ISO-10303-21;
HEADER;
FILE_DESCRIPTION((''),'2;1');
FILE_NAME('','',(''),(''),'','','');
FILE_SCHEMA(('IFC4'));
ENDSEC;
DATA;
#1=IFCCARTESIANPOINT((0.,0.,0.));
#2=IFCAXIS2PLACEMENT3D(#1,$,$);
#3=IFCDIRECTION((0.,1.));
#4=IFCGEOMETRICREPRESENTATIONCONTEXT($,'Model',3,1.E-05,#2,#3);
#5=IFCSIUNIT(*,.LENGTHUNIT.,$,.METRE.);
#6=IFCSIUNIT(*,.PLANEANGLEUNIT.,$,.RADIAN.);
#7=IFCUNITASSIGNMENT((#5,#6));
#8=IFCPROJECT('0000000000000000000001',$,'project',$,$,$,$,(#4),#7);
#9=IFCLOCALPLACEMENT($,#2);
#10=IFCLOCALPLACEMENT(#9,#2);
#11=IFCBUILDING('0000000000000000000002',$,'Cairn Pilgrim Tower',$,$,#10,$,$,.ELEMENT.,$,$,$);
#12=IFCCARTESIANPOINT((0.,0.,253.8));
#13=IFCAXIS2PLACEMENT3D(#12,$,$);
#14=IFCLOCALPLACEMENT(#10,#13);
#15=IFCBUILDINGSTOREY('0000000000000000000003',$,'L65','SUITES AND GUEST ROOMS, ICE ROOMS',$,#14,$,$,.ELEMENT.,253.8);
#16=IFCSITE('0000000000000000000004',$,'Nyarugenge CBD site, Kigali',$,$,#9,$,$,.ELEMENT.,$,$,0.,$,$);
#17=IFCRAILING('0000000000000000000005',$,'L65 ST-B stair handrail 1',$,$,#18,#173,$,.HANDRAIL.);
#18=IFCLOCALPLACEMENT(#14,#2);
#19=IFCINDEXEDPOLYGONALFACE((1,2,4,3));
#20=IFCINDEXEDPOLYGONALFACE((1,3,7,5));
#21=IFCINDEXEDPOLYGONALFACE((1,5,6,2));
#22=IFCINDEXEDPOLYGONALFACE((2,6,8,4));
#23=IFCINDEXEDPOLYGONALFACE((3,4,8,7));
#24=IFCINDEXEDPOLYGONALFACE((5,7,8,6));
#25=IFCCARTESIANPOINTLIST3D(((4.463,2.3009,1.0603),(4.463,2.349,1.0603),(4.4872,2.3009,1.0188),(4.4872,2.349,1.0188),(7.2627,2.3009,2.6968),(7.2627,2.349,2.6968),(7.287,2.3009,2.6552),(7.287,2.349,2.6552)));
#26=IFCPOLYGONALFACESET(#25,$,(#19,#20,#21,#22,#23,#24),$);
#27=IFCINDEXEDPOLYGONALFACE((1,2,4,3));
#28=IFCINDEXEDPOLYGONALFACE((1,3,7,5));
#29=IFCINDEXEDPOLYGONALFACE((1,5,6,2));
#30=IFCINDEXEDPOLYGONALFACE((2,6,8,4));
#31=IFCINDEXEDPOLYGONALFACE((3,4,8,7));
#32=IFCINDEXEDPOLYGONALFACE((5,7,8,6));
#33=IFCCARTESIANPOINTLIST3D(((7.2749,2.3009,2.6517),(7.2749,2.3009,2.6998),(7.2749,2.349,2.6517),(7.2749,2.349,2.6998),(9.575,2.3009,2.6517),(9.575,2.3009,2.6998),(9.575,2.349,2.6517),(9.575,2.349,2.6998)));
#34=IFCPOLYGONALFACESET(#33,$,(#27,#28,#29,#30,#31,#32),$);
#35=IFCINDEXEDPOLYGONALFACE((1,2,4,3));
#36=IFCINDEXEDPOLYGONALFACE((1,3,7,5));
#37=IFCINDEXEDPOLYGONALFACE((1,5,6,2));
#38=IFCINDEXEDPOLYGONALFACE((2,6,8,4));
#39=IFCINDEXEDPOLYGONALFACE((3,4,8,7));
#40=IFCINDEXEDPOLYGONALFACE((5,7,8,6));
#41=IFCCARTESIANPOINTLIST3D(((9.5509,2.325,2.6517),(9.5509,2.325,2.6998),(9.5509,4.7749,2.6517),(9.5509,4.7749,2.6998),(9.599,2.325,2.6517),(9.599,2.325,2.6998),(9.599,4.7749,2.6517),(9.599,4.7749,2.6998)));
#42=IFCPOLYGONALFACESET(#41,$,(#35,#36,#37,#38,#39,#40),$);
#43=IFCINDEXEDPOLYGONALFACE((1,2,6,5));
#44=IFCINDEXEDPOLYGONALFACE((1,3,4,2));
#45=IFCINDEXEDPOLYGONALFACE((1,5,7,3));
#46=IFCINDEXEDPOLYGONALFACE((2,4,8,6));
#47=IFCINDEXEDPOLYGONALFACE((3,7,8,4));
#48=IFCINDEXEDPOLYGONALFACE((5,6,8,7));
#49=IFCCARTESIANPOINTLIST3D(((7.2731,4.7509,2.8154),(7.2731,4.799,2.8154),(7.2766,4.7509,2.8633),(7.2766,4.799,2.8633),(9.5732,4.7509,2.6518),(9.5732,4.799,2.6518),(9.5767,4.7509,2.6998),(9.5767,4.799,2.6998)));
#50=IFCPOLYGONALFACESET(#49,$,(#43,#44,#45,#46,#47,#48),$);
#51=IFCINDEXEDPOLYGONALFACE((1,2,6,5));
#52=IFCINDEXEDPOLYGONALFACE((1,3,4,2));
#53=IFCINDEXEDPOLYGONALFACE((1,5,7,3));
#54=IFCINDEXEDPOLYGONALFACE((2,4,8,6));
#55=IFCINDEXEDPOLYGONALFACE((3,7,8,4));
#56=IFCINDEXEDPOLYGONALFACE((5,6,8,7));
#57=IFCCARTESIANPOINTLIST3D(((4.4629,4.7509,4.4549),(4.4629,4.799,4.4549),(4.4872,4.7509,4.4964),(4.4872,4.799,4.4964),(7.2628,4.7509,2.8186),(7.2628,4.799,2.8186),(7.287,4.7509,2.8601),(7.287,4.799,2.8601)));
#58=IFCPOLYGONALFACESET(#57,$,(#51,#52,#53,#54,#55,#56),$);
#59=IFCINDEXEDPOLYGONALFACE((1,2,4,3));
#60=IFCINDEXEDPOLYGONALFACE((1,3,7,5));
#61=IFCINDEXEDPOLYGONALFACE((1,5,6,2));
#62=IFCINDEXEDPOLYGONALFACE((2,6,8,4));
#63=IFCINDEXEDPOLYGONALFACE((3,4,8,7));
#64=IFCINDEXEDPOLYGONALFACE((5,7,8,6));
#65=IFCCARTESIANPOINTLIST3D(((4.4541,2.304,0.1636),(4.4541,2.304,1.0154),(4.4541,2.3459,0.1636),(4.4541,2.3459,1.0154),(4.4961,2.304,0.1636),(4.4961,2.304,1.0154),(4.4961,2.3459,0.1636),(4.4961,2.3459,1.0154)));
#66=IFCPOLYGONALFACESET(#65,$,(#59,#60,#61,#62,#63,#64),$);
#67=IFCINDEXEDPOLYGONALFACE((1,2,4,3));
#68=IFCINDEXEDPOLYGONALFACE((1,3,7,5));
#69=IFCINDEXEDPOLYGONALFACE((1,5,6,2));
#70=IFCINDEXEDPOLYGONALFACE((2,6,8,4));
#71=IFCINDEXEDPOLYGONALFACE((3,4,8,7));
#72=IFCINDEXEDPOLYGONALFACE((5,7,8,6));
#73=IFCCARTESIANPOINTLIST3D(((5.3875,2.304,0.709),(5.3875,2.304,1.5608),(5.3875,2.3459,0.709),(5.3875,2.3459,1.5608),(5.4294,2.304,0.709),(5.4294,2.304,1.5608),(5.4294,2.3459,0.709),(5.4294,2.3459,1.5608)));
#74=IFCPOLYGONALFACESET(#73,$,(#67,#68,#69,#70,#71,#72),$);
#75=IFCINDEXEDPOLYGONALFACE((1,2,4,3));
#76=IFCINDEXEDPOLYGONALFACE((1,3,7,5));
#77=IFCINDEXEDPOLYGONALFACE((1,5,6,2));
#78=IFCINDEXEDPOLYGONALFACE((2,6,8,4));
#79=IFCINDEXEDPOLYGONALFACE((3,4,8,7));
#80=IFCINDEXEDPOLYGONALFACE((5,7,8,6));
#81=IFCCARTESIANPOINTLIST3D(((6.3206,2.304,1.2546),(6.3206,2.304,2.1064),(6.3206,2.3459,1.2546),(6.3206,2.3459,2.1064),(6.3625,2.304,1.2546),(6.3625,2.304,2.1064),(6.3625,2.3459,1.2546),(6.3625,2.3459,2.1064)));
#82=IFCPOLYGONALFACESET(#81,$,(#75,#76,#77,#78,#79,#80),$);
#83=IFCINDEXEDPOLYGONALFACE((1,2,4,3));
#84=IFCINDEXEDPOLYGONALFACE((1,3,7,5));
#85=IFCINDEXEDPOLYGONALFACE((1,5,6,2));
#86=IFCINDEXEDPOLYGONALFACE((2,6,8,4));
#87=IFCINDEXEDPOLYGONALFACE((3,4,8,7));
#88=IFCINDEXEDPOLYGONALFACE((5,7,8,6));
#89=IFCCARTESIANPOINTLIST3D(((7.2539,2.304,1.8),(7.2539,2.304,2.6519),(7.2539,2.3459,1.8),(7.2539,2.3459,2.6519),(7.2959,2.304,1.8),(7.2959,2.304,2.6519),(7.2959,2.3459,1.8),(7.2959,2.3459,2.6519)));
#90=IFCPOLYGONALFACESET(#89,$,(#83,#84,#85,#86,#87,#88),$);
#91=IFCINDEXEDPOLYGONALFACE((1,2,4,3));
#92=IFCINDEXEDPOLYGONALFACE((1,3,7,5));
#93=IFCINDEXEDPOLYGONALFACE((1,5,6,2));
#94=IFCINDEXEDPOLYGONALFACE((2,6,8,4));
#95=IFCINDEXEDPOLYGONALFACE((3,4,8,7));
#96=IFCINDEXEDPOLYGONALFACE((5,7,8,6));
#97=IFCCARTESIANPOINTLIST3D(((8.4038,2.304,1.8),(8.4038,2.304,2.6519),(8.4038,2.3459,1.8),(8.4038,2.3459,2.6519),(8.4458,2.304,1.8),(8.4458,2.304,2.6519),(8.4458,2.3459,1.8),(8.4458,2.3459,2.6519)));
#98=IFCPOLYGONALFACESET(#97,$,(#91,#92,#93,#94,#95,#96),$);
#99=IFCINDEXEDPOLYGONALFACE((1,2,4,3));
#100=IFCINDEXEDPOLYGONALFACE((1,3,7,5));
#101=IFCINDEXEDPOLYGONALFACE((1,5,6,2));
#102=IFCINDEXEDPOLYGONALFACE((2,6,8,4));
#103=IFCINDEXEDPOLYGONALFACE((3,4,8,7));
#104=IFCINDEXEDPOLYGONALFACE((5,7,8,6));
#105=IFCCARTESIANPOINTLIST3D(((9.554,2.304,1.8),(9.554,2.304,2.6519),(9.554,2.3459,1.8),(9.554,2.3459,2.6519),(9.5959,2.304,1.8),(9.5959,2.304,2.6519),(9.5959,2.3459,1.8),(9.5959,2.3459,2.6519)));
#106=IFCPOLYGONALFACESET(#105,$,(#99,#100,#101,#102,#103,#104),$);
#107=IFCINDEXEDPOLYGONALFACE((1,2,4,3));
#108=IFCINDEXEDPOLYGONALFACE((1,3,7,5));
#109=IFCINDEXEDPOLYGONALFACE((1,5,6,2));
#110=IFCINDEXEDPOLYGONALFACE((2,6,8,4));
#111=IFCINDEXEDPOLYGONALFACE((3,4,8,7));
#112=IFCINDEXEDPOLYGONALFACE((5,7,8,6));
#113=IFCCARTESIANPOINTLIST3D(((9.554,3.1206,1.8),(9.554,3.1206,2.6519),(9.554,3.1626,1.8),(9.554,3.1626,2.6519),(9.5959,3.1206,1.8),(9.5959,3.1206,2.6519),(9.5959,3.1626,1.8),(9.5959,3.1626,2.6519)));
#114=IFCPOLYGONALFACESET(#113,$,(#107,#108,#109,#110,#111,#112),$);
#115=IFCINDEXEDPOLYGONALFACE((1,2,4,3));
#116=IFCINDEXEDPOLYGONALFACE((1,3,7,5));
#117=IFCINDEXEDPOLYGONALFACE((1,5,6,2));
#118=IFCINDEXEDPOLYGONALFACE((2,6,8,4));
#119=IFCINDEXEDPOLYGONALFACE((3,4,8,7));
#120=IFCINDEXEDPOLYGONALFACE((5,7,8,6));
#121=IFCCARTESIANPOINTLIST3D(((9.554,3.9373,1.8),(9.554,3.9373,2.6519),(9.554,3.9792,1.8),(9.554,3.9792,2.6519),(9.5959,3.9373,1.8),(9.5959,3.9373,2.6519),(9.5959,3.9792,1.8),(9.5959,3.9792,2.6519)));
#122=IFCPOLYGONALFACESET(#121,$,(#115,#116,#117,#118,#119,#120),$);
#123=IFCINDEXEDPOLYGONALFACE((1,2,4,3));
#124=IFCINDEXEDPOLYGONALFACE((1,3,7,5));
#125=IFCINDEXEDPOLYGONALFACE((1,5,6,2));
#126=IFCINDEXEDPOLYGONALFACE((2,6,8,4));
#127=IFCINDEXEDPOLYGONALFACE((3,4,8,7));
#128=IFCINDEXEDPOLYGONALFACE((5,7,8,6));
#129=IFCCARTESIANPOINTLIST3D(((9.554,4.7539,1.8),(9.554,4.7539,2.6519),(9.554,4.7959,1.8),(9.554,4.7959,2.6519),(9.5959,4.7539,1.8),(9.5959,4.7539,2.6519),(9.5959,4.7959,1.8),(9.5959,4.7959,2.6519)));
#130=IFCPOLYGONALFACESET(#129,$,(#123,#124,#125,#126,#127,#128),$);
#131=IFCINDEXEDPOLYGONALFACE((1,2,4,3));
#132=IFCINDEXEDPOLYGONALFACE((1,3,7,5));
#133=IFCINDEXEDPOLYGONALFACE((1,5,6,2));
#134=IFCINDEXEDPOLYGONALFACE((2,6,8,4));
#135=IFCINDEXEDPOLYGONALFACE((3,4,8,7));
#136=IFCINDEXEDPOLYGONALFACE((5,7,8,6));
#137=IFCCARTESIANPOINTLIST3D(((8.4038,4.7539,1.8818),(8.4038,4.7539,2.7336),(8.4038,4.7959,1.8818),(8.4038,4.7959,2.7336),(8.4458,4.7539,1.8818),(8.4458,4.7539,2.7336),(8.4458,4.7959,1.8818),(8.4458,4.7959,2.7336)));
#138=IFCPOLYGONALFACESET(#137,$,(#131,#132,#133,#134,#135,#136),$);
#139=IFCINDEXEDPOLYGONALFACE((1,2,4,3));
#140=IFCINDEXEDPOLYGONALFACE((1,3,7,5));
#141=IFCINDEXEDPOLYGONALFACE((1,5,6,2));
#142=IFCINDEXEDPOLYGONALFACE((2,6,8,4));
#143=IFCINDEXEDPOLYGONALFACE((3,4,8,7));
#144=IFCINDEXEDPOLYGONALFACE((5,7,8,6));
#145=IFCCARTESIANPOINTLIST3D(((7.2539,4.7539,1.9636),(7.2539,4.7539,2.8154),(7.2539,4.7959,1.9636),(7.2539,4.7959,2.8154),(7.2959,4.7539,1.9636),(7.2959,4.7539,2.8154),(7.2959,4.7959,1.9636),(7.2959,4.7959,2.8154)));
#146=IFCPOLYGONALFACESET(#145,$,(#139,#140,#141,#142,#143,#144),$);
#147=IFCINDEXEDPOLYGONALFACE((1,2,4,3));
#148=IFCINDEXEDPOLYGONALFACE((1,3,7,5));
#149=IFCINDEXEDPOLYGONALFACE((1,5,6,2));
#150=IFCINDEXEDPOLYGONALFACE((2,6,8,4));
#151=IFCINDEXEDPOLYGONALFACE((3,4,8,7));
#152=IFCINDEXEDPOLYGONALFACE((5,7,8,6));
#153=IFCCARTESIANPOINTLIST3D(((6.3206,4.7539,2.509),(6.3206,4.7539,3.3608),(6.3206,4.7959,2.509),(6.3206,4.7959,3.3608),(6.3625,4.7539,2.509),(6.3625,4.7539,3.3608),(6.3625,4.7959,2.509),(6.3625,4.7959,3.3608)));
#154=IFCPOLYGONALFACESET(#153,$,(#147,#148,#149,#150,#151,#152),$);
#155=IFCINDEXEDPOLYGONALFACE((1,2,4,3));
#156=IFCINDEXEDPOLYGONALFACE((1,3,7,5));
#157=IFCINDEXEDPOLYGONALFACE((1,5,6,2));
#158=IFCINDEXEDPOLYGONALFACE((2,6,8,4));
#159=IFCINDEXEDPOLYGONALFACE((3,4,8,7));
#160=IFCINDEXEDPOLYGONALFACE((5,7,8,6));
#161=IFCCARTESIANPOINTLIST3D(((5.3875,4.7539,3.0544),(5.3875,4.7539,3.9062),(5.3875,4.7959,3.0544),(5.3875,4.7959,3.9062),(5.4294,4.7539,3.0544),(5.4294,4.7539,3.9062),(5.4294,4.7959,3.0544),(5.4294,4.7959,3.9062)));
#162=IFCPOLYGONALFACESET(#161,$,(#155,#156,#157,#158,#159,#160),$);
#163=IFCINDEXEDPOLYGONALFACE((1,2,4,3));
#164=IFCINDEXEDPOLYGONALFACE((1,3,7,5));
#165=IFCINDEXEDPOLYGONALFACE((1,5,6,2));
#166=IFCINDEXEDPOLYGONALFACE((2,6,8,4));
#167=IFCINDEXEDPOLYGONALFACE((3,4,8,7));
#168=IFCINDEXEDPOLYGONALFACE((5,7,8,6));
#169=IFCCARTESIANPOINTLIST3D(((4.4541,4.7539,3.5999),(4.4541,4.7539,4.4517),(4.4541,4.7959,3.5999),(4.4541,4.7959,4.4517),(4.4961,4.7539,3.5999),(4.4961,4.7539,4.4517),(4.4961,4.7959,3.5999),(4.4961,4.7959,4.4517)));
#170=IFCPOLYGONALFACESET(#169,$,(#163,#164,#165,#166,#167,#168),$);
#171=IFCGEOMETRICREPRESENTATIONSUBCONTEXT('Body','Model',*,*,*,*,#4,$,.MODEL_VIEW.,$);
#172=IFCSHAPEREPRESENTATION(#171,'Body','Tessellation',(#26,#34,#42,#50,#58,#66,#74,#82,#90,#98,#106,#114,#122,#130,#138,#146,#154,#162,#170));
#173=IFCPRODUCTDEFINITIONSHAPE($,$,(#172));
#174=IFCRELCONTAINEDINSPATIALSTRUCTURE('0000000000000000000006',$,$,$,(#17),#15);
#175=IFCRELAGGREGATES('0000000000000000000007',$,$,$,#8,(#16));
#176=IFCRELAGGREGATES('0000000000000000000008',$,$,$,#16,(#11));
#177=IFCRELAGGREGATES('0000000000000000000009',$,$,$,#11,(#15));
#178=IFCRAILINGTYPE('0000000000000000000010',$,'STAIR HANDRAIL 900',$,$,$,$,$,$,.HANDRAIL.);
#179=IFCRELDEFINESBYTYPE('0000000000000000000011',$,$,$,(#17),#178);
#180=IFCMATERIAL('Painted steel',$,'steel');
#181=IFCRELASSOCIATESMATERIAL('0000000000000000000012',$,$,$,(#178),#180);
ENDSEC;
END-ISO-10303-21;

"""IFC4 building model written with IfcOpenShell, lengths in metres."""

from ifc_helpers import new_model, si_unit, direction, frame, origin, origin_2d, place, context, subcontext, project, spatial, rectangle, extrude, material, type_object, element, save


model = new_model("IFC4")

# Units and contexts
model_context = context("Model", 3, precision=1e-05, world=origin(), true_north=direction((0.0, 1.0)))
body_context = subcontext(model_context, "Body", "Model", "MODEL_VIEW")
ifc_project = project(units=[si_unit("LENGTHUNIT", "METRE"), si_unit("PLANEANGLEUNIT", "RADIAN")], contexts=[model_context])

# Site, building, storey
site_placement = place(None, origin())
site = spatial("IfcSite", under=ifc_project, at=site_placement, Name="Nyarugenge CBD site, Kigali", CompositionType="ELEMENT", RefElevation=0.0)
building_placement = place(site_placement, origin())
building = spatial("IfcBuilding", under=site, at=building_placement, Name="Cairn Pilgrim Tower", CompositionType="ELEMENT")
storey_placement = place(building_placement, frame((0.0, 0.0, 253.8)))
storey = spatial("IfcBuildingStorey", under=building, at=storey_placement, Name="L65", Description="SUITES AND GUEST ROOMS, ICE ROOMS", CompositionType="ELEMENT", Elevation=253.8)

# Shared definitions
ifc_material_1 = material(Name="Painted steel", Category="steel")

# Railing
railing_type_1 = type_object("IfcRailingType", Name="STAIR HANDRAIL 900", PredefinedType="HANDRAIL", material=ifc_material_1)
railing_1_placement = place(storey_placement, frame((4.4751, 2.325, 0.1636)))
element("IfcRailing", 1, at=railing_1_placement, inside=storey, type_object=railing_type_1, Name="L65 ST-B stair handrail 1", PredefinedType="HANDRAIL", context=body_context, shape_type="SweptSolid", body=[
    extrude(rectangle(XDim=0.0481, YDim=0.0481, at=origin_2d()), frame((0.0, 0.0, 0.876), z_axis=(0.863342, 0.0, 0.50462), x_axis=(0.0, 1.0, 0.0)), (0.0, 0.0, 1.0), 3.2429),
    extrude(rectangle(XDim=0.0481, YDim=0.0481, at=origin_2d()), frame((2.7998, 0.0, 2.5122), z_axis=(1.0, 0.0, 0.0), x_axis=(0.0, 1.0, 0.0)), (0.0, 0.0, 1.0), 2.3),
    extrude(rectangle(XDim=0.0481, YDim=0.0481, at=origin_2d()), frame((5.0999, 0.0, 2.5122), z_axis=(0.0, 1.0, 0.0), x_axis=(-1.0, 0.0, 0.0)), (0.0, 0.0, 1.0), 2.45),
    extrude(rectangle(XDim=0.0481, YDim=0.0481, at=origin_2d()), frame((5.0999, 2.45, 2.5122), z_axis=(-0.997481, 0.0, 0.070939), x_axis=(0.0, -1.0, 0.0)), (0.0, 0.0, 1.0), 2.3059),
    extrude(rectangle(XDim=0.0481, YDim=0.0481, at=origin_2d()), frame((2.7998, 2.45, 2.6758), z_axis=(-0.863374, 0.0, 0.504564), x_axis=(0.0, -1.0, 0.0)), (0.0, 0.0, 1.0), 3.2429),
    extrude(rectangle(XDim=0.042, YDim=0.042, at=origin_2d()), origin(), (0.0, 0.0, 1.0), 0.8518),
    extrude(rectangle(XDim=0.042, YDim=0.042, at=origin_2d()), frame((0.9333, 0.0, 0.5454)), (0.0, 0.0, 1.0), 0.8518),
    extrude(rectangle(XDim=0.042, YDim=0.042, at=origin_2d()), frame((1.8665, 0.0, 1.0911)), (0.0, 0.0, 1.0), 0.8518),
    extrude(rectangle(XDim=0.042, YDim=0.042, at=origin_2d()), frame((2.7998, 0.0, 1.6365)), (0.0, 0.0, 1.0), 0.8518),
    extrude(rectangle(XDim=0.042, YDim=0.042, at=origin_2d()), frame((3.9497, 0.0, 1.6365)), (0.0, 0.0, 1.0), 0.8518),
    extrude(rectangle(XDim=0.042, YDim=0.042, at=origin_2d()), frame((5.0999, 0.0, 1.6365)), (0.0, 0.0, 1.0), 0.8518),
    extrude(rectangle(XDim=0.042, YDim=0.042, at=origin_2d()), frame((5.0999, 0.8167, 1.6365)), (0.0, 0.0, 1.0), 0.8518),
    extrude(rectangle(XDim=0.042, YDim=0.042, at=origin_2d()), frame((5.0999, 1.6333, 1.6365)), (0.0, 0.0, 1.0), 0.8518),
    extrude(rectangle(XDim=0.042, YDim=0.042, at=origin_2d()), frame((5.0999, 2.45, 1.6365)), (0.0, 0.0, 1.0), 0.8518),
    extrude(rectangle(XDim=0.042, YDim=0.042, at=origin_2d()), frame((3.9497, 2.45, 1.7183)), (0.0, 0.0, 1.0), 0.8518),
    extrude(rectangle(XDim=0.042, YDim=0.042, at=origin_2d()), frame((2.7998, 2.45, 1.8)), (0.0, 0.0, 1.0), 0.8518),
    extrude(rectangle(XDim=0.042, YDim=0.042, at=origin_2d()), frame((1.8665, 2.45, 2.3455)), (0.0, 0.0, 1.0), 0.8518),
    extrude(rectangle(XDim=0.042, YDim=0.042, at=origin_2d()), frame((0.9333, 2.45, 2.8909)), (0.0, 0.0, 1.0), 0.8518),
    extrude(rectangle(XDim=0.042, YDim=0.042, at=origin_2d()), frame((0.0, 2.45, 3.4363)), (0.0, 0.0, 1.0), 0.8518),
])

save(model, "model.ifc")
